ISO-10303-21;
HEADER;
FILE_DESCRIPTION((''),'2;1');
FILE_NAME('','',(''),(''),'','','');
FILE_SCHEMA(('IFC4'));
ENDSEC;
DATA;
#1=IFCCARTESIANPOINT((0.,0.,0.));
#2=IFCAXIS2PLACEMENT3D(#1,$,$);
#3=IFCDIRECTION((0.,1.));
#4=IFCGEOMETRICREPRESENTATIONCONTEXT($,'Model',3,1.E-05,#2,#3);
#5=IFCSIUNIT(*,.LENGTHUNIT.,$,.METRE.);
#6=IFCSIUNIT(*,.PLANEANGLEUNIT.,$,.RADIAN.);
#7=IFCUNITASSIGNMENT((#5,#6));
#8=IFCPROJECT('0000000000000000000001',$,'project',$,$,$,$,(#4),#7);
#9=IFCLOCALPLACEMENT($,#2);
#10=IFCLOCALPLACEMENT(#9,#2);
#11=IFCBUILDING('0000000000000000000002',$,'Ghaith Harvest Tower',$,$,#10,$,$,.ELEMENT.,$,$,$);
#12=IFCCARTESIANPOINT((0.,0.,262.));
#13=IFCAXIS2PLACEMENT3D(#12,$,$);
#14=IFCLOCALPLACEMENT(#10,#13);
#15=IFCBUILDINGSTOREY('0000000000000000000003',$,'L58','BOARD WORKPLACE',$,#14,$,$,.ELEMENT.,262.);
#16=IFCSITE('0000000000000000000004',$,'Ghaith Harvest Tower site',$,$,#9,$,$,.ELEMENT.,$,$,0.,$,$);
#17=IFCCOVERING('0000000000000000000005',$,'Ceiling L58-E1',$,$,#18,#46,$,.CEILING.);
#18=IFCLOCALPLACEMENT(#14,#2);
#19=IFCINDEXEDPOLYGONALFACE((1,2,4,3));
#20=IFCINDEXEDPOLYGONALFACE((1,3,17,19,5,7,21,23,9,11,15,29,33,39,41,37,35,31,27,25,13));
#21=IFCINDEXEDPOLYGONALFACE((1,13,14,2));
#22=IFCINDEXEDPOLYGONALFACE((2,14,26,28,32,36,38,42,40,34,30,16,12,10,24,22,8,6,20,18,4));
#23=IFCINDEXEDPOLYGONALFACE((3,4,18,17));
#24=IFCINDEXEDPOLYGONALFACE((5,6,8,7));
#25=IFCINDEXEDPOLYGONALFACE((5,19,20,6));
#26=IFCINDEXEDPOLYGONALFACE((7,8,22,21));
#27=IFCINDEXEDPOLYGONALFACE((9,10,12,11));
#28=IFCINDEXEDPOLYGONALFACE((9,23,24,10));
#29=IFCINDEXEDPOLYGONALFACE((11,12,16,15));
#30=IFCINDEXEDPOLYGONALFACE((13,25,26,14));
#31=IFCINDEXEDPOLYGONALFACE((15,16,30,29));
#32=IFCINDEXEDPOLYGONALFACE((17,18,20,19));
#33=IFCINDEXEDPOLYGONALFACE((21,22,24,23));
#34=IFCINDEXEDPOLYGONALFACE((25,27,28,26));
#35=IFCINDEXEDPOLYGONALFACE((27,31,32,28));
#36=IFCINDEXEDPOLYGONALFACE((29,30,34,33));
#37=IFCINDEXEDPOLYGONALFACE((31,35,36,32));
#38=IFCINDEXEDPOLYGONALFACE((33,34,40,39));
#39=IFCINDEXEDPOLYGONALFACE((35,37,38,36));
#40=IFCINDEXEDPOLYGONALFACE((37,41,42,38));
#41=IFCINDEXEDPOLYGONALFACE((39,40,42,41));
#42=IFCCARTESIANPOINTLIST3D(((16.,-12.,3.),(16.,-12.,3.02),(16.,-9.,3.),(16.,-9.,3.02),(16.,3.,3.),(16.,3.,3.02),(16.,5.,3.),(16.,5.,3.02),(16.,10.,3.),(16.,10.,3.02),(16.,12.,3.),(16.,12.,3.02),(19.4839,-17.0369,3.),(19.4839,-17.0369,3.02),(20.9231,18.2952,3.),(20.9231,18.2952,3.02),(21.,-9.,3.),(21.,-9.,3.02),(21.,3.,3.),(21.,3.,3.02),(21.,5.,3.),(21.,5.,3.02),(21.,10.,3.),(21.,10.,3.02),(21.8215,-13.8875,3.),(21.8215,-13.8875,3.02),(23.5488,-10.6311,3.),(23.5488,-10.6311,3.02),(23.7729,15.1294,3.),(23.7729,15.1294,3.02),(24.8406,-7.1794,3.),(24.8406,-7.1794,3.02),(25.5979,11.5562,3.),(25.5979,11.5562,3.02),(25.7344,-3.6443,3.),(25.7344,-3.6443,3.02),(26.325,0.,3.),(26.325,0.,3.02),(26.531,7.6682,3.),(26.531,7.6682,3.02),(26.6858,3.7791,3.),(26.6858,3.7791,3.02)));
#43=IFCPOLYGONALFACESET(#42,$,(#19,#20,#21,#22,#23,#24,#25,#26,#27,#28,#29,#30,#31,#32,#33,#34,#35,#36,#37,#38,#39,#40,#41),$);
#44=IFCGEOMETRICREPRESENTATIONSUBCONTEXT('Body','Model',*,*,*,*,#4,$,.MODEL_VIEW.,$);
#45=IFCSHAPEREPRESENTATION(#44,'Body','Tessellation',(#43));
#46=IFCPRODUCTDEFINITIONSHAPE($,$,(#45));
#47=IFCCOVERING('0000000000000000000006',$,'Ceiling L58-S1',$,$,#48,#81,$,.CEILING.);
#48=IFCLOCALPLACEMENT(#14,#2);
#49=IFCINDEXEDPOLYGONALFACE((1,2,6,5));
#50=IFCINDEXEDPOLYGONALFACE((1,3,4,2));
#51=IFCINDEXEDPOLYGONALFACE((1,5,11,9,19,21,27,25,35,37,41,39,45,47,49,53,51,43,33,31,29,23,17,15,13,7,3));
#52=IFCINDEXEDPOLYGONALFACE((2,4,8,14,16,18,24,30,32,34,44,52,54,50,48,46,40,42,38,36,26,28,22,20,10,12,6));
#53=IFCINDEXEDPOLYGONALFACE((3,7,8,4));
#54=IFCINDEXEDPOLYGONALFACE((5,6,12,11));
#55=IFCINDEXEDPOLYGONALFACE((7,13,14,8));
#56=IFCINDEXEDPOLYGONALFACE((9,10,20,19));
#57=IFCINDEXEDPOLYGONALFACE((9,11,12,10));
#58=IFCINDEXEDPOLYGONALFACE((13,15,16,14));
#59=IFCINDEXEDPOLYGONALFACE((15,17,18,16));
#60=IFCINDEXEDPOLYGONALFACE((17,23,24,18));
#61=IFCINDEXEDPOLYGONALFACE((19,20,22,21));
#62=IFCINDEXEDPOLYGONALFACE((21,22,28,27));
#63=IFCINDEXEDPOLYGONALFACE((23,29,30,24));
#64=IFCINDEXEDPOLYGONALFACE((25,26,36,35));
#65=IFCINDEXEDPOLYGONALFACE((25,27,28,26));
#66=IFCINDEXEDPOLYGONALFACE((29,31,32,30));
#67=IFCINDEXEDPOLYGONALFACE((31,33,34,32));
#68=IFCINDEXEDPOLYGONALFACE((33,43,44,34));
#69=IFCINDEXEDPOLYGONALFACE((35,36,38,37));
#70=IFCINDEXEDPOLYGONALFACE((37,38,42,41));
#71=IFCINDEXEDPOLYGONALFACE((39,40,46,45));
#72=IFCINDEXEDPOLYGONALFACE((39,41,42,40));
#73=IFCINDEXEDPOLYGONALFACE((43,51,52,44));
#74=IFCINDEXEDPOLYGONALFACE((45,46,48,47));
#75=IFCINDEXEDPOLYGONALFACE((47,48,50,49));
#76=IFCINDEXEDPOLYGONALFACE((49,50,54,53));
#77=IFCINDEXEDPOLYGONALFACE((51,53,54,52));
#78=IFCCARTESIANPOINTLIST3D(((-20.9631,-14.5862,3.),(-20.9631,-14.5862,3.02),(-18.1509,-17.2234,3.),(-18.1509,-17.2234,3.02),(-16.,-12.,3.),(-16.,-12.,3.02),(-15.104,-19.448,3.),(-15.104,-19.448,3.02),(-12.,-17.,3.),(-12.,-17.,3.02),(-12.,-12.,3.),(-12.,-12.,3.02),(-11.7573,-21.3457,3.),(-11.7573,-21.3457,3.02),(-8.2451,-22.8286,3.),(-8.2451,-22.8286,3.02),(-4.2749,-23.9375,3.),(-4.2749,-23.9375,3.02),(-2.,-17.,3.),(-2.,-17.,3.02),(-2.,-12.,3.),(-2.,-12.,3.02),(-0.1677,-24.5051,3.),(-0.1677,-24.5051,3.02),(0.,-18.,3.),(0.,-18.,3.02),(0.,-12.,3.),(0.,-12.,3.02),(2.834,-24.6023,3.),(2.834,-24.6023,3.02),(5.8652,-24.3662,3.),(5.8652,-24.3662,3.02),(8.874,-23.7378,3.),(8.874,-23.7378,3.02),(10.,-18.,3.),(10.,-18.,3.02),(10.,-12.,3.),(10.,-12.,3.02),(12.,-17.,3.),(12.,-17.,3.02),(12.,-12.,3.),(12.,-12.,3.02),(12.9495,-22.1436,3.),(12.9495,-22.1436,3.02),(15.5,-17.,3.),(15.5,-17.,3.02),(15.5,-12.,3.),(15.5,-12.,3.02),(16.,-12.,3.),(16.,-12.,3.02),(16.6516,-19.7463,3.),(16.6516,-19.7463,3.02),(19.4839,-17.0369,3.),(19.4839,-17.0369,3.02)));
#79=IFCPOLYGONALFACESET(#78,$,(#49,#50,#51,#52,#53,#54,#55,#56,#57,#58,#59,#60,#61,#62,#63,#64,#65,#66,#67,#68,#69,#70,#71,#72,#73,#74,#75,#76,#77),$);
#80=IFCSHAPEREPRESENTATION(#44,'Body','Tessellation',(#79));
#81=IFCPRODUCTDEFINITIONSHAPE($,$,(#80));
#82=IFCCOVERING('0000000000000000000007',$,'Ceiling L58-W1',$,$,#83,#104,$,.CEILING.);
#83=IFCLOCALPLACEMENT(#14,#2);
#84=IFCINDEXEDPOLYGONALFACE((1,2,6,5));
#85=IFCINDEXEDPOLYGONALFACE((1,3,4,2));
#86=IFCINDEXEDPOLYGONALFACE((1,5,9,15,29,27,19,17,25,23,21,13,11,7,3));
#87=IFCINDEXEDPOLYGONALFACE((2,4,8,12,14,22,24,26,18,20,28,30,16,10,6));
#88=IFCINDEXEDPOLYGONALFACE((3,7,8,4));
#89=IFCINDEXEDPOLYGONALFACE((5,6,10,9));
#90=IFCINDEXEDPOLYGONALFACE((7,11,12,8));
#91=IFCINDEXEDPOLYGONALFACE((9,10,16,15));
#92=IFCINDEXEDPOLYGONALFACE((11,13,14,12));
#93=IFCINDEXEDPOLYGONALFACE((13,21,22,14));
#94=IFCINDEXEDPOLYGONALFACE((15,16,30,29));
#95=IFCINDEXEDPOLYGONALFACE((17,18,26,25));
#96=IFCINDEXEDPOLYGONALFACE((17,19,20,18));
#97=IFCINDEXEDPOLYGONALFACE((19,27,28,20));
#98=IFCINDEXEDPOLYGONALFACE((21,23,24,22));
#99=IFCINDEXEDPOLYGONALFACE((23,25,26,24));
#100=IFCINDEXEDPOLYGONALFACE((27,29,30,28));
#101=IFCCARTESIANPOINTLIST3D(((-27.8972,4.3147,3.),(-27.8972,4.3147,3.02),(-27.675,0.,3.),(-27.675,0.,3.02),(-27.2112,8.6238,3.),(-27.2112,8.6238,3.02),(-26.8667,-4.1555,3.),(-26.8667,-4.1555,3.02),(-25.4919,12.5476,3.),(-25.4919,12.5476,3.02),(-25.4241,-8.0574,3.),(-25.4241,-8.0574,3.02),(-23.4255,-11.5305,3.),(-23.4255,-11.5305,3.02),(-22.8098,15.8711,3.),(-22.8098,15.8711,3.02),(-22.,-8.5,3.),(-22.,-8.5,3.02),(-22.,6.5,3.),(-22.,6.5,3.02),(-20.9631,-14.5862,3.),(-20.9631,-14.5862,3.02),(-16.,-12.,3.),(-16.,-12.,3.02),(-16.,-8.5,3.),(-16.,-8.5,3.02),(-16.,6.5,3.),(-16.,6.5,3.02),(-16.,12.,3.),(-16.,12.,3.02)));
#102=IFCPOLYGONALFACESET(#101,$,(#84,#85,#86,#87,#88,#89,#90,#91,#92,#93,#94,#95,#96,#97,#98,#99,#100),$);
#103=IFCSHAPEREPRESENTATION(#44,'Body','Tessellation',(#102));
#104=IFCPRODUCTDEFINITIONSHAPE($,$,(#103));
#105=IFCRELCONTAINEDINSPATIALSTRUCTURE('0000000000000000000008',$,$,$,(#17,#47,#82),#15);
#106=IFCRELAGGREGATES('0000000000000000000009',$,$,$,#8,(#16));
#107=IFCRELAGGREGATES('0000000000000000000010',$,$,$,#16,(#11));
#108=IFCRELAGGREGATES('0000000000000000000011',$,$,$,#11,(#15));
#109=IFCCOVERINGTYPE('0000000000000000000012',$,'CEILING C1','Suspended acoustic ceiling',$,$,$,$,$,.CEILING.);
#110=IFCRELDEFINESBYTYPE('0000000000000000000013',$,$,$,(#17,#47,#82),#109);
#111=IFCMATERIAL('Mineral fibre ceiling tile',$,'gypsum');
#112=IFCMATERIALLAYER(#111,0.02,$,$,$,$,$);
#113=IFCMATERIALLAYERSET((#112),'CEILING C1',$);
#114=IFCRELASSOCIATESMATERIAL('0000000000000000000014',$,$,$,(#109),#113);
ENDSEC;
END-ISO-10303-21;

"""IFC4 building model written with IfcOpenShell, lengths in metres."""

from ifc_helpers import new_model, si_unit, direction, frame, origin, place, context, subcontext, project, spatial, polyline, outline, extrude, material, layer, layer_set, type_object, element, save


model = new_model("IFC4")

# Units and contexts
model_context = context("Model", 3, precision=1e-05, world=origin(), true_north=direction((0.0, 1.0)))
body_context = subcontext(model_context, "Body", "Model", "MODEL_VIEW")
ifc_project = project(units=[si_unit("LENGTHUNIT", "METRE"), si_unit("PLANEANGLEUNIT", "RADIAN")], contexts=[model_context])

# Site, building, storey
site_placement = place(None, origin())
site = spatial("IfcSite", under=ifc_project, at=site_placement, Name="Ghaith Harvest Tower site", CompositionType="ELEMENT", RefElevation=0.0)
building_placement = place(site_placement, origin())
building = spatial("IfcBuilding", under=site, at=building_placement, Name="Ghaith Harvest Tower", CompositionType="ELEMENT")
storey_placement = place(building_placement, frame((0.0, 0.0, 262.0)))
storey = spatial("IfcBuildingStorey", under=building, at=storey_placement, Name="L58", Description="BOARD WORKPLACE", CompositionType="ELEMENT", Elevation=262.0)

# Coverings
ifc_material_1 = material(Name="Mineral fibre ceiling tile", Category="gypsum")
ifc_layer_1 = layer(ifc_material_1, 0.02)
ifc_layer_set_1 = layer_set([ifc_layer_1], Name="CEILING C1")
covering_type = type_object("IfcCoveringType", Name="CEILING C1", Description="Suspended acoustic ceiling", PredefinedType="CEILING", material=ifc_layer_set_1)
covering_1_placement = place(storey_placement, frame((0.0, 0.0, 3.0)))
element("IfcCovering", 1, at=covering_1_placement, inside=storey, type_object=covering_type, Name="Ceiling L58-E1", PredefinedType="CEILING", context=body_context, shape_type="SweptSolid", body=[
    extrude(outline(polyline([(23.7729, 15.1294), (25.5979, 11.5562), (26.531, 7.6682), (26.6858, 3.7791), (26.325, 0.0), (25.7344, -3.6443), (24.8406, -7.1794), (23.5488, -10.6311), (21.8215, -13.8875), (19.4839, -17.0369), (16.0, -12.0), (16.0, -9.0), (21.0, -9.0), (21.0, 3.0), (16.0, 3.0), (16.0, 5.0), (21.0, 5.0), (21.0, 10.0), (16.0, 10.0), (16.0, 12.0), (20.9231, 18.2952), (23.7729, 15.1294)])), origin(), (0.0, 0.0, 1.0), 0.02),
])
covering_2_placement = place(storey_placement, frame((0.0, 0.0, 3.0)))
element("IfcCovering", 2, at=covering_2_placement, inside=storey, type_object=covering_type, Name="Ceiling L58-S1", PredefinedType="CEILING", context=body_context, shape_type="SweptSolid", body=[
    extrude(outline(polyline([(-18.1509, -17.2234), (-20.9631, -14.5862), (-16.0, -12.0), (-12.0, -12.0), (-12.0, -17.0), (-2.0, -17.0), (-2.0, -12.0), (0.0, -12.0), (0.0, -18.0), (10.0, -18.0), (10.0, -12.0), (12.0, -12.0), (12.0, -17.0), (15.5, -17.0), (15.5, -12.0), (16.0, -12.0), (19.4839, -17.0369), (16.6516, -19.7463), (12.9495, -22.1436), (8.874, -23.7378), (5.8652, -24.3662), (2.834, -24.6023), (-0.1677, -24.5051), (-4.2749, -23.9375), (-8.2451, -22.8286), (-11.7573, -21.3457), (-15.104, -19.448), (-18.1509, -17.2234)])), origin(), (0.0, 0.0, 1.0), 0.02),
])
covering_3_placement = place(storey_placement, frame((0.0, 0.0, 3.0)))
element("IfcCovering", 3, at=covering_3_placement, inside=storey, type_object=covering_type, Name="Ceiling L58-W1", PredefinedType="CEILING", context=body_context, shape_type="SweptSolid", body=[
    extrude(outline(polyline([(-23.4255, -11.5305), (-25.4241, -8.0574), (-26.8667, -4.1555), (-27.675, 0.0), (-27.8972, 4.3147), (-27.2112, 8.6238), (-25.4919, 12.5476), (-22.8098, 15.8711), (-16.0, 12.0), (-16.0, 6.5), (-22.0, 6.5), (-22.0, -8.5), (-16.0, -8.5), (-16.0, -12.0), (-20.9631, -14.5862), (-23.4255, -11.5305)])), origin(), (0.0, 0.0, 1.0), 0.02),
])

save(model, "model.ifc")
